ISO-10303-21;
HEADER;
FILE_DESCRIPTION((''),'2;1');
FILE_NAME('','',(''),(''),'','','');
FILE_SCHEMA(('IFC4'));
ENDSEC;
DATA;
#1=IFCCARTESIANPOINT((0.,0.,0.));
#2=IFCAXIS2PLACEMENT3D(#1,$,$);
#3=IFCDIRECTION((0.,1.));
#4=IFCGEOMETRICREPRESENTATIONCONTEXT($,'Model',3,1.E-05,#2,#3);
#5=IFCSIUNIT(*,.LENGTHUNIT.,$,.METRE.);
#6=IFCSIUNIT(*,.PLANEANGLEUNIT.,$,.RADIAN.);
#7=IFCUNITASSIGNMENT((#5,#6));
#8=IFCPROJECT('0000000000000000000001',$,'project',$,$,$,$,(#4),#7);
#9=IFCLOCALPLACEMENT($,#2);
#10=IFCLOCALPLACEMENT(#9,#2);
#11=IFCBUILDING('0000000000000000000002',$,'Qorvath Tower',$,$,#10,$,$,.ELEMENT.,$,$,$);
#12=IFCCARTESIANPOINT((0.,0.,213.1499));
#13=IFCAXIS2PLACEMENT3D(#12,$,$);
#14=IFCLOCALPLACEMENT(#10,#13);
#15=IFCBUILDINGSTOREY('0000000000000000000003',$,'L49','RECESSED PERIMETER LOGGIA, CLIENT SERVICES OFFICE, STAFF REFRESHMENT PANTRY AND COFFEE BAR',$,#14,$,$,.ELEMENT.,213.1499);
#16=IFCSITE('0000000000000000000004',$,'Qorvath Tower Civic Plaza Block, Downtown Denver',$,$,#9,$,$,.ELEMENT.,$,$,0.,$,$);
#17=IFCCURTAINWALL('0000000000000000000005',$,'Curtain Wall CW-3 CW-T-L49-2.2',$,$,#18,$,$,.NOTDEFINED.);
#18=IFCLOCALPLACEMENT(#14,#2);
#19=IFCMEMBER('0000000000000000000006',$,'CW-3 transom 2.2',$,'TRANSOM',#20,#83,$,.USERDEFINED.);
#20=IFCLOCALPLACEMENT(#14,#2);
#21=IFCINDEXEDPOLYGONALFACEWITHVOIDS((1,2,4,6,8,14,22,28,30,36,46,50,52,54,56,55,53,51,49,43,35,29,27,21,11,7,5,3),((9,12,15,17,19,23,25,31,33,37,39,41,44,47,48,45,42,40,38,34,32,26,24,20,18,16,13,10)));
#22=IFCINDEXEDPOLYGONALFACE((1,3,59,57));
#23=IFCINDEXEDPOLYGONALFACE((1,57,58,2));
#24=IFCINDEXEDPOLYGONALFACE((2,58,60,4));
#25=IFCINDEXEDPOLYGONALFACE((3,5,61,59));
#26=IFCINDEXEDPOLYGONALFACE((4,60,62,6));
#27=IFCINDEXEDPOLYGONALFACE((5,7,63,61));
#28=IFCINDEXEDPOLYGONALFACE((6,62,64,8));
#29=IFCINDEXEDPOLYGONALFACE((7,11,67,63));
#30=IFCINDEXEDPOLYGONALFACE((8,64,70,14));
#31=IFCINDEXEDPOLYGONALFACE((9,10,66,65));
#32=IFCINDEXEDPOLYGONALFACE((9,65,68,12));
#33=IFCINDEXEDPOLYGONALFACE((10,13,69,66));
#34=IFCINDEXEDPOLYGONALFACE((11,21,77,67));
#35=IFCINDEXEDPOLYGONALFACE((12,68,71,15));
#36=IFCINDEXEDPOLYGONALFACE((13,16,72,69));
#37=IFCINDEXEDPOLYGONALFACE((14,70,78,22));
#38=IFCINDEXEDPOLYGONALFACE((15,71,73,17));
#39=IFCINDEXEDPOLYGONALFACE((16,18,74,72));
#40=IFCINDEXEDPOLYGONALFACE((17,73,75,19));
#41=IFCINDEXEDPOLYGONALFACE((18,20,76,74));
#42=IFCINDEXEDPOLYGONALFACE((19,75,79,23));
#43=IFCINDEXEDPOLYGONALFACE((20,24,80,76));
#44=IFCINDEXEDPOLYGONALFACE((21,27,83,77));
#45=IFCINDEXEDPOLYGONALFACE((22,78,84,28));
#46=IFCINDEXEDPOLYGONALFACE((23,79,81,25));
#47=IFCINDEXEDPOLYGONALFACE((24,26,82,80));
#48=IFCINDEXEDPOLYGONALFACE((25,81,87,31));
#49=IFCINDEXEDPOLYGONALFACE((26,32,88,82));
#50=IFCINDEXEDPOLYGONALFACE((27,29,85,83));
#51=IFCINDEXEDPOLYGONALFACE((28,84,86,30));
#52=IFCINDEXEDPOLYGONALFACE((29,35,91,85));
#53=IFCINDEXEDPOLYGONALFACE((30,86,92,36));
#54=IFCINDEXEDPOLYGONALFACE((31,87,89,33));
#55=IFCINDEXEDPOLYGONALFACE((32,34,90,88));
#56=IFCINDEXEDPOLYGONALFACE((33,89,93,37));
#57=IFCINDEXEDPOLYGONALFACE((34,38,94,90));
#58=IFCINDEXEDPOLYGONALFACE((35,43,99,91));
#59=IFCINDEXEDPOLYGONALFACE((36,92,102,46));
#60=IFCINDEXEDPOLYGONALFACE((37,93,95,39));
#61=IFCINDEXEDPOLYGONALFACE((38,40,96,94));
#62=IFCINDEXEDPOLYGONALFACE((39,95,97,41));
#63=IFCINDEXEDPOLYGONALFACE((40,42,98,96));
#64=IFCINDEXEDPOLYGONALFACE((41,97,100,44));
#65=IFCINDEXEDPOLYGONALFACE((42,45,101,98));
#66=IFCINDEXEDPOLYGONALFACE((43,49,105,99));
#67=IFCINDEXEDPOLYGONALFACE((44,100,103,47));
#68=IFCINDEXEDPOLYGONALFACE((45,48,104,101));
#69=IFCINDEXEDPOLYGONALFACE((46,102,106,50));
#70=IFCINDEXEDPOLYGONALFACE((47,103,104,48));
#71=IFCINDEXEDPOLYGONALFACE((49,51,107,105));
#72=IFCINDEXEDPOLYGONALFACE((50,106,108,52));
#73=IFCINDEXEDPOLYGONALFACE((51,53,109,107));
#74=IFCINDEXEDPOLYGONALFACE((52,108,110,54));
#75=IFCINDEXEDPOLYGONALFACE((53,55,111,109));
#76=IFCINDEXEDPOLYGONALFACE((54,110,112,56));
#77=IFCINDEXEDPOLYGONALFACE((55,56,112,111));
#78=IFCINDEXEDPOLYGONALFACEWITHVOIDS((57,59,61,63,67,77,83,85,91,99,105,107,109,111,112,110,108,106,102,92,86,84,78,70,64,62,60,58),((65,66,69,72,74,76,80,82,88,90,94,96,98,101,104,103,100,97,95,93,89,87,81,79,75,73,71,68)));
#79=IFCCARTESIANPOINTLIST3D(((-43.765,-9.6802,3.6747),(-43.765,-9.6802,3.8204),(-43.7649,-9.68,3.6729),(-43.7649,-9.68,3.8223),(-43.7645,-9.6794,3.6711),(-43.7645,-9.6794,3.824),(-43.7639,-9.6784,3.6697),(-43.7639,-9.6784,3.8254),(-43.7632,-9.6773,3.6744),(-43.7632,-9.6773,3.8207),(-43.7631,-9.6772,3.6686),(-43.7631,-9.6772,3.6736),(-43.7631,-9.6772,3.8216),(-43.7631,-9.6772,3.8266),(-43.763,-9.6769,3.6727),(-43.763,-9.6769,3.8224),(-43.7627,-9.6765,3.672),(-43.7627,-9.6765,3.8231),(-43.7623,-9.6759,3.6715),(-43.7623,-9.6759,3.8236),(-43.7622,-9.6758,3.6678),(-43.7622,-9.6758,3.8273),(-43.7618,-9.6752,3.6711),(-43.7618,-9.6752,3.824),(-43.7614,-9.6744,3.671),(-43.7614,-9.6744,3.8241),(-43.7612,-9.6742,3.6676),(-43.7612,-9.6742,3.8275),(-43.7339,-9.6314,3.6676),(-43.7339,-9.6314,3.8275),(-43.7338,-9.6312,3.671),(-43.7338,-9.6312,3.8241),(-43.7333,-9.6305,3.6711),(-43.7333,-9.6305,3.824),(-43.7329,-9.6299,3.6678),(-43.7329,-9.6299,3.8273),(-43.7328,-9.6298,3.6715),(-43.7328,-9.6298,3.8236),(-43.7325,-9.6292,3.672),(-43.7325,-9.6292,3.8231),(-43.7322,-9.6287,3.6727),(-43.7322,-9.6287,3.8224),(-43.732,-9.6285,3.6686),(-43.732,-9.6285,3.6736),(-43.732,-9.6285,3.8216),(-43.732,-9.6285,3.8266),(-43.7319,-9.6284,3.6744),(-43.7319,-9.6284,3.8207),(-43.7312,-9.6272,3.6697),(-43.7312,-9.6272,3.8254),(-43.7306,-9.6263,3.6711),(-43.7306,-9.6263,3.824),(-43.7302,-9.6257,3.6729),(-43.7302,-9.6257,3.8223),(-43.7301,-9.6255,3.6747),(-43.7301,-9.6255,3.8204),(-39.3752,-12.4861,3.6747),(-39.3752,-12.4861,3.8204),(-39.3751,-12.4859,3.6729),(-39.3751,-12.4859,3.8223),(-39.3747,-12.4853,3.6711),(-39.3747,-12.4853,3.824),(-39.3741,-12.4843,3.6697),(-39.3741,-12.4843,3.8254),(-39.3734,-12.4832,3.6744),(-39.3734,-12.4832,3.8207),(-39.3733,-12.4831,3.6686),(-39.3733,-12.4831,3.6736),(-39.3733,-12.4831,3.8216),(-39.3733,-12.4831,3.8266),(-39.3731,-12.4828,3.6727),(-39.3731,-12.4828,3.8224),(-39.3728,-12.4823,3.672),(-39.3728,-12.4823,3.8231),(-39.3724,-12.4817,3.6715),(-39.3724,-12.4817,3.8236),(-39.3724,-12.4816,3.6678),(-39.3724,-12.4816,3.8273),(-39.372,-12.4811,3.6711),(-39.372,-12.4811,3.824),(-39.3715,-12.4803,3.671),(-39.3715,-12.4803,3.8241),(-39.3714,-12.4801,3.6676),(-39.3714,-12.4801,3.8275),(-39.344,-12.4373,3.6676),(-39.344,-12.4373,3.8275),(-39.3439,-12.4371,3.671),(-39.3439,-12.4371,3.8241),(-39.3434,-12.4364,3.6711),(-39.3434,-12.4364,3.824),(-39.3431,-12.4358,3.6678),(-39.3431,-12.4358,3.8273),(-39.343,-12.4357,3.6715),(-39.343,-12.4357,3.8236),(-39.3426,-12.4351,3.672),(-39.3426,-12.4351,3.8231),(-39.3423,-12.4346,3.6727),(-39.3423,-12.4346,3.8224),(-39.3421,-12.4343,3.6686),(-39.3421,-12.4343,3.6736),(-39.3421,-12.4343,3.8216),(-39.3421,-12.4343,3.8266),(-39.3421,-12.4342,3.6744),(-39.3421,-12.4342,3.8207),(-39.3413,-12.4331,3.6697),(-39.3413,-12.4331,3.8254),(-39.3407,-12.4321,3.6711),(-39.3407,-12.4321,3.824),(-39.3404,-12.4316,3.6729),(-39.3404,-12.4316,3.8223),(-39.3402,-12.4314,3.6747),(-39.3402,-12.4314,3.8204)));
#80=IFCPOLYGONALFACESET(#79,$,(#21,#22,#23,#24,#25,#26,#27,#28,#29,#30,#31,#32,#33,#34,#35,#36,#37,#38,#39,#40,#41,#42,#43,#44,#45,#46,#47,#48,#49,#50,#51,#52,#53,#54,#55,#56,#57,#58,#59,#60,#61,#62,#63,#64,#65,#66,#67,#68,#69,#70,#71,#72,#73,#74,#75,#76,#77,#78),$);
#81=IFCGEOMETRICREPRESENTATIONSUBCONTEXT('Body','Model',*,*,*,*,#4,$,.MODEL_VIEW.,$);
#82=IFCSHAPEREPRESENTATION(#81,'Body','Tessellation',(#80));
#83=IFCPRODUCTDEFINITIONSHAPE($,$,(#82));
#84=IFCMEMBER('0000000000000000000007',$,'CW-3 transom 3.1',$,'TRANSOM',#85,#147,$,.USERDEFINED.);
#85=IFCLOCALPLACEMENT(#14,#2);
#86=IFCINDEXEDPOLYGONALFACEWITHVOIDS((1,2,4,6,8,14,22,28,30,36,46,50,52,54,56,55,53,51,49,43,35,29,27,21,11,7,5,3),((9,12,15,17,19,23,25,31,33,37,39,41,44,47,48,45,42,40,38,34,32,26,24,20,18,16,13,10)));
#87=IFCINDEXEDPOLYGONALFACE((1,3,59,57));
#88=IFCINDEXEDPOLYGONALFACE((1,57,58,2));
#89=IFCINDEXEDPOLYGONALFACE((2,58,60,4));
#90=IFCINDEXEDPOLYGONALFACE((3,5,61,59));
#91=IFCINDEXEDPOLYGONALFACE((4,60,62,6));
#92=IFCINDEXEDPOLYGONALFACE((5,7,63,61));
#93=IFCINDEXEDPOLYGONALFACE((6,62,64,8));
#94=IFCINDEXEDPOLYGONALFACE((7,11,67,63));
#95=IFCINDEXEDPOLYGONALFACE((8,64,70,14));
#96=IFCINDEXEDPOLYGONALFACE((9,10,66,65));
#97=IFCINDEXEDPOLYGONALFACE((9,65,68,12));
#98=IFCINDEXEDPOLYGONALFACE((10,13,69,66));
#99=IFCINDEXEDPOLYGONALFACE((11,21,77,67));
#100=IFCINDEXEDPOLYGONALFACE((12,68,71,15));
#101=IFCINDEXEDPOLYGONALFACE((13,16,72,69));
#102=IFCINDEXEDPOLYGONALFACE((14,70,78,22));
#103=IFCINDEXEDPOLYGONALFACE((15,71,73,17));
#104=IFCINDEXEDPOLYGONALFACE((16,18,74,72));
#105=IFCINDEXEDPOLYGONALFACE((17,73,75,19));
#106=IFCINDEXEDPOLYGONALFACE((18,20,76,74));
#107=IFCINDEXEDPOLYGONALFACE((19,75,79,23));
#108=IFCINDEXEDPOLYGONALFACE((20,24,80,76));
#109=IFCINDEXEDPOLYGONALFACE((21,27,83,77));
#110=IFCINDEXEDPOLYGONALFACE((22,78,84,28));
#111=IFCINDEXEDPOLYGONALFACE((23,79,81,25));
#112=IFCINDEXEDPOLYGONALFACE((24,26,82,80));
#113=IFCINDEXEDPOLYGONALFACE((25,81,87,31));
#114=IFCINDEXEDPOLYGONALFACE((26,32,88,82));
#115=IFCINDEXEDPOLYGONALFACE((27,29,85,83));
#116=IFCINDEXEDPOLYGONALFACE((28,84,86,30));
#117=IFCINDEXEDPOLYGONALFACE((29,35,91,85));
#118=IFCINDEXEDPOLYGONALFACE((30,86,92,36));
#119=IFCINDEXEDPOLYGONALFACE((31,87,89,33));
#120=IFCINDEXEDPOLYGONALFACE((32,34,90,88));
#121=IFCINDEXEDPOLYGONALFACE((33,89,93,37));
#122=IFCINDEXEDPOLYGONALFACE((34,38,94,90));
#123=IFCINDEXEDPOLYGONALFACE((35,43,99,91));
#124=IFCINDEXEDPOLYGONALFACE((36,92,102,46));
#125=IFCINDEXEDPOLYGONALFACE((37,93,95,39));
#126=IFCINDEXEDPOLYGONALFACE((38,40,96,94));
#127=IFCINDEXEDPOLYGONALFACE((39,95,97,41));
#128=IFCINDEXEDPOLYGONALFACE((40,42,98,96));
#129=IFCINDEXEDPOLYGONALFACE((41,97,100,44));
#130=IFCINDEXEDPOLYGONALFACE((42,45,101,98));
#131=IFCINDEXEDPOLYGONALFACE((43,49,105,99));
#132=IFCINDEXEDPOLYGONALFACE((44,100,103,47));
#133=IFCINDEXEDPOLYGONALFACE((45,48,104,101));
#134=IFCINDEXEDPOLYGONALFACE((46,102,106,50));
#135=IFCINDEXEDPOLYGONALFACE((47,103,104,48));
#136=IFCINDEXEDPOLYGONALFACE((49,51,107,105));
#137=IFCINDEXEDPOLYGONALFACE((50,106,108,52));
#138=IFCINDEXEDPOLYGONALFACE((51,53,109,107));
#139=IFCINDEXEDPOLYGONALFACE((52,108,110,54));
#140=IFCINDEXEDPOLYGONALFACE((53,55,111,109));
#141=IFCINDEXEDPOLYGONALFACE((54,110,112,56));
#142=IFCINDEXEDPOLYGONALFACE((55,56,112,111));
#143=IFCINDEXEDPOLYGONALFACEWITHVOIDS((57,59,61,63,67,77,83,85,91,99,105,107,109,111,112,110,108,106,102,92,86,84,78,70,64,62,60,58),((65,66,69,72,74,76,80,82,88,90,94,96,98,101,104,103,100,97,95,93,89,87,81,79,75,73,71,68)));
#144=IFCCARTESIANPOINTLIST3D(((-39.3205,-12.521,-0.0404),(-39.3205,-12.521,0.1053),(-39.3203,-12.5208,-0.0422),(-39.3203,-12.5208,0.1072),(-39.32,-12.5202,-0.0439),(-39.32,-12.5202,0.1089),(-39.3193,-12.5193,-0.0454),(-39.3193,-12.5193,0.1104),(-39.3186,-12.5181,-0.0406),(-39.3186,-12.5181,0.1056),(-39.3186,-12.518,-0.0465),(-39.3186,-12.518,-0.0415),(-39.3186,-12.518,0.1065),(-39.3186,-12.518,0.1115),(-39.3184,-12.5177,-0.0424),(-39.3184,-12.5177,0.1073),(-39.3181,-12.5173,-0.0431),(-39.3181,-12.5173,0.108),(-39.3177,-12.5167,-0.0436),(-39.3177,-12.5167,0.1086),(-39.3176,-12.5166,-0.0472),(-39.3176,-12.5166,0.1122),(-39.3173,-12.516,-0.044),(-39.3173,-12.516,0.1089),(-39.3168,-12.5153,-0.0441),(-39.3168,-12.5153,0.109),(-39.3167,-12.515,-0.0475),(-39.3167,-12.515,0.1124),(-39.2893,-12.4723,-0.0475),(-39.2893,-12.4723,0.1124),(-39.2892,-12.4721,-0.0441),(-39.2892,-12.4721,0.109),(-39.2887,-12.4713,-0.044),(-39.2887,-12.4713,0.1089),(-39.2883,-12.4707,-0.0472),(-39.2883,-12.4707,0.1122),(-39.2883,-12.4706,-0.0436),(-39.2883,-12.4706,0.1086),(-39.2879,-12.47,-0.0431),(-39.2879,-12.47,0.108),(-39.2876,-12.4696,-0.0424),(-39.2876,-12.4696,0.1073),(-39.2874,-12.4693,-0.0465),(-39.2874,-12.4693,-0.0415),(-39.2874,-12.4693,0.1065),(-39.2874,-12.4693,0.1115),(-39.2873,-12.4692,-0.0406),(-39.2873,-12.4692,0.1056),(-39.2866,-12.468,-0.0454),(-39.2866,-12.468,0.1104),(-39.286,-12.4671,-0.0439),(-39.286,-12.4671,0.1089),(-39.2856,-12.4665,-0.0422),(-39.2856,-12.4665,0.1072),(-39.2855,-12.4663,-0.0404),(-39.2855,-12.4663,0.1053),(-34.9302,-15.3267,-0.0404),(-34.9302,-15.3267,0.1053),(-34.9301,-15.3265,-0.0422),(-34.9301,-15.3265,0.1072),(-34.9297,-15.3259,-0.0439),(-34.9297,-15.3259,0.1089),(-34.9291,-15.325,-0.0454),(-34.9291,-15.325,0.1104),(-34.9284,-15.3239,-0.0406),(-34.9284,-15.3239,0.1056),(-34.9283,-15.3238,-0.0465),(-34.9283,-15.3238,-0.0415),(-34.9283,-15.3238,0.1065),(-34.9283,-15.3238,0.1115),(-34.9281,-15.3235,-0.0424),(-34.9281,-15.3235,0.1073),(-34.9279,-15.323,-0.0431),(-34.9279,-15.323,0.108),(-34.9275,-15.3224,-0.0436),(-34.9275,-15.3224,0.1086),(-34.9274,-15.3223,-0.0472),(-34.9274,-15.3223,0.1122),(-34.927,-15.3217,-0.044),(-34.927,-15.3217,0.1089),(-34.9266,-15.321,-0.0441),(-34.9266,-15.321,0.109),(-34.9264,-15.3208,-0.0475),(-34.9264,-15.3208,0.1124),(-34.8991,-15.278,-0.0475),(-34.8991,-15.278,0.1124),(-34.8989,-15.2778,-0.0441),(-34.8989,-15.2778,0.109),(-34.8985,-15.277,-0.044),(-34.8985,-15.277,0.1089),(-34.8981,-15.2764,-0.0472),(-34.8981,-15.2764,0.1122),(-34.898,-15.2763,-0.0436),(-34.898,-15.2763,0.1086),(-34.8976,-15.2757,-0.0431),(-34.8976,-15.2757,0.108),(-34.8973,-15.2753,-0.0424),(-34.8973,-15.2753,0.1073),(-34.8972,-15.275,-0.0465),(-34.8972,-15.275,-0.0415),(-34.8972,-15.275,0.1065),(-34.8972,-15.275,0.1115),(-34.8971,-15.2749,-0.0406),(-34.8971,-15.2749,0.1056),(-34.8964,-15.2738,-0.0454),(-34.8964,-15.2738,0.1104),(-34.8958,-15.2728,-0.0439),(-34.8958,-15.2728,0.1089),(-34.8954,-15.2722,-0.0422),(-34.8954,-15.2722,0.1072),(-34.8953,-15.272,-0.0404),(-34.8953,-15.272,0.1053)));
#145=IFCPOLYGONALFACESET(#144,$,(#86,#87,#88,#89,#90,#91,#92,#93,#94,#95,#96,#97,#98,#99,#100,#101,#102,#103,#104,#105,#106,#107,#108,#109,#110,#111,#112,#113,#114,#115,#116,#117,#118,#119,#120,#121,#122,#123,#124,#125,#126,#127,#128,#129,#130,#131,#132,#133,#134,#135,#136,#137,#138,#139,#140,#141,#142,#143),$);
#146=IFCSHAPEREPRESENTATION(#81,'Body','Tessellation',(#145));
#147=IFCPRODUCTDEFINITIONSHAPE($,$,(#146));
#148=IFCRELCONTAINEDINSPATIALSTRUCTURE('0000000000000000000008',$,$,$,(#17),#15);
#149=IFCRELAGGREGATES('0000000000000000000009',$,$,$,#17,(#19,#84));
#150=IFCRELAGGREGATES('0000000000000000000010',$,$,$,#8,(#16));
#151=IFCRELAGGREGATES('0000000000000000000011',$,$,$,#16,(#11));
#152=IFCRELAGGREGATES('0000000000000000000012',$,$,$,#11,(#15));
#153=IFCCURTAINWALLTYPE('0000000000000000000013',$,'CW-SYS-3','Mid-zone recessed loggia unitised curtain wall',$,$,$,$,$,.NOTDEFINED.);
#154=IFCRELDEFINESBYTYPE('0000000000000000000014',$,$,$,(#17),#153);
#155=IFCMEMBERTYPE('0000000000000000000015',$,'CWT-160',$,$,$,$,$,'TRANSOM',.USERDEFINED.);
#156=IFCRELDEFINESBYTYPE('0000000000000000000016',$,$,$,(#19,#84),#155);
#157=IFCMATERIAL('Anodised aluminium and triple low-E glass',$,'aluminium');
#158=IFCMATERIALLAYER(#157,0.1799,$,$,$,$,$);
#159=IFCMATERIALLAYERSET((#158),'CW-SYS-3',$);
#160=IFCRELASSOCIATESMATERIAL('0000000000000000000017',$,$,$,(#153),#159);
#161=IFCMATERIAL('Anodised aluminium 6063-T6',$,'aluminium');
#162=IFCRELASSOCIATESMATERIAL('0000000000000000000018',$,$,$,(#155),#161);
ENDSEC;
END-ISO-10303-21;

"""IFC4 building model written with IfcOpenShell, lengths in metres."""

from ifc_helpers import new_model, si_unit, direction, frame, origin, origin_2d, place, context, subcontext, project, spatial, hollow_rectangle, extrude, material, layer, layer_set, material_profile, profile_set, type_object, element, aggregate, save


model = new_model("IFC4")

# Units and contexts
model_context = context("Model", 3, precision=1e-05, world=origin(), true_north=direction((0.0, 1.0)))
body_context = subcontext(model_context, "Body", "Model", "MODEL_VIEW")
ifc_project = project(units=[si_unit("LENGTHUNIT", "METRE"), si_unit("PLANEANGLEUNIT", "RADIAN")], contexts=[model_context])

# Site, building, storey
site_placement = place(None, origin())
site = spatial("IfcSite", under=ifc_project, at=site_placement, Name="Qorvath Tower Civic Plaza Block, Downtown Denver", CompositionType="ELEMENT", RefElevation=0.0)
building_placement = place(site_placement, origin())
building = spatial("IfcBuilding", under=site, at=building_placement, Name="Qorvath Tower", CompositionType="ELEMENT")
storey_placement = place(building_placement, frame((0.0, 0.0, 213.1499)))
storey = spatial("IfcBuildingStorey", under=building, at=storey_placement, Name="L49", Description="RECESSED PERIMETER LOGGIA, CLIENT SERVICES OFFICE, STAFF REFRESHMENT PANTRY AND COFFEE BAR", CompositionType="ELEMENT", Elevation=213.1499)

# Curtain wall
ifc_material_1 = material(Name="Anodised aluminium and triple low-E glass", Category="aluminium")
ifc_layer_1 = layer(ifc_material_1, 0.1799)
ifc_layer_set_1 = layer_set([ifc_layer_1], Name="CW-SYS-3")
curtain_wall_type = type_object("IfcCurtainWallType", Name="CW-SYS-3", Description="Mid-zone recessed loggia unitised curtain wall", PredefinedType="NOTDEFINED", material=ifc_layer_set_1)
curtain_wall_1_placement = place(storey_placement, origin())
curtain_wall_1 = element("IfcCurtainWall", 1, at=curtain_wall_1_placement, inside=storey, type_object=curtain_wall_type, Name="Curtain Wall CW-3 CW-T-L49-2.2", PredefinedType="NOTDEFINED")

# Members
ifc_material_2 = material(Name="Anodised aluminium 6063-T6", Category="aluminium")
ifc_material_profile_1 = material_profile(ifc_material_2, hollow_rectangle(XDim=0.0649, YDim=0.1599, WallThickness=0.0034, InnerFilletRadius=0.0034, OuterFilletRadius=0.0071, at=origin_2d()), Name="CWT 160x65")
ifc_profile_set_1 = profile_set([ifc_material_profile_1], Name="Anodised aluminium 6063-T6")
member_type_1 = type_object("IfcMemberType", Name="CWT-160", ElementType="TRANSOM", PredefinedType="USERDEFINED", material=ifc_profile_set_1)
member_1_placement = place(storey_placement, frame((-43.7476, -9.6528, 3.7476), z_axis=(0.842587, -0.53856, 0.0), x_axis=(0.53856, 0.842587, 0.0)))
member_1 = element("IfcMember", 2, at=member_1_placement, type_object=member_type_1, Name="CW-3 transom 2.2", ObjectType="TRANSOM", PredefinedType="USERDEFINED", context=body_context, shape_type="SweptSolid", body=[
    extrude(hollow_rectangle(XDim=0.0649, YDim=0.1599, WallThickness=0.0034, InnerFilletRadius=0.0034, OuterFilletRadius=0.0071, at=origin_2d()), origin(), (0.0, 0.0, 1.0), 5.21),
])
member_2_placement = place(storey_placement, frame((-39.303, -12.4937, 0.0325), z_axis=(0.842622, -0.538506, 0.0), x_axis=(0.538506, 0.842622, 0.0)))
member_2 = element("IfcMember", 3, at=member_2_placement, type_object=member_type_1, Name="CW-3 transom 3.1", ObjectType="TRANSOM", PredefinedType="USERDEFINED", context=body_context, shape_type="SweptSolid", body=[
    extrude(hollow_rectangle(XDim=0.0649, YDim=0.1599, WallThickness=0.0034, InnerFilletRadius=0.0034, OuterFilletRadius=0.0071, at=origin_2d()), origin(), (0.0, 0.0, 1.0), 5.2102),
])

aggregate(curtain_wall_1, [member_1, member_2])

save(model, "model.ifc")
